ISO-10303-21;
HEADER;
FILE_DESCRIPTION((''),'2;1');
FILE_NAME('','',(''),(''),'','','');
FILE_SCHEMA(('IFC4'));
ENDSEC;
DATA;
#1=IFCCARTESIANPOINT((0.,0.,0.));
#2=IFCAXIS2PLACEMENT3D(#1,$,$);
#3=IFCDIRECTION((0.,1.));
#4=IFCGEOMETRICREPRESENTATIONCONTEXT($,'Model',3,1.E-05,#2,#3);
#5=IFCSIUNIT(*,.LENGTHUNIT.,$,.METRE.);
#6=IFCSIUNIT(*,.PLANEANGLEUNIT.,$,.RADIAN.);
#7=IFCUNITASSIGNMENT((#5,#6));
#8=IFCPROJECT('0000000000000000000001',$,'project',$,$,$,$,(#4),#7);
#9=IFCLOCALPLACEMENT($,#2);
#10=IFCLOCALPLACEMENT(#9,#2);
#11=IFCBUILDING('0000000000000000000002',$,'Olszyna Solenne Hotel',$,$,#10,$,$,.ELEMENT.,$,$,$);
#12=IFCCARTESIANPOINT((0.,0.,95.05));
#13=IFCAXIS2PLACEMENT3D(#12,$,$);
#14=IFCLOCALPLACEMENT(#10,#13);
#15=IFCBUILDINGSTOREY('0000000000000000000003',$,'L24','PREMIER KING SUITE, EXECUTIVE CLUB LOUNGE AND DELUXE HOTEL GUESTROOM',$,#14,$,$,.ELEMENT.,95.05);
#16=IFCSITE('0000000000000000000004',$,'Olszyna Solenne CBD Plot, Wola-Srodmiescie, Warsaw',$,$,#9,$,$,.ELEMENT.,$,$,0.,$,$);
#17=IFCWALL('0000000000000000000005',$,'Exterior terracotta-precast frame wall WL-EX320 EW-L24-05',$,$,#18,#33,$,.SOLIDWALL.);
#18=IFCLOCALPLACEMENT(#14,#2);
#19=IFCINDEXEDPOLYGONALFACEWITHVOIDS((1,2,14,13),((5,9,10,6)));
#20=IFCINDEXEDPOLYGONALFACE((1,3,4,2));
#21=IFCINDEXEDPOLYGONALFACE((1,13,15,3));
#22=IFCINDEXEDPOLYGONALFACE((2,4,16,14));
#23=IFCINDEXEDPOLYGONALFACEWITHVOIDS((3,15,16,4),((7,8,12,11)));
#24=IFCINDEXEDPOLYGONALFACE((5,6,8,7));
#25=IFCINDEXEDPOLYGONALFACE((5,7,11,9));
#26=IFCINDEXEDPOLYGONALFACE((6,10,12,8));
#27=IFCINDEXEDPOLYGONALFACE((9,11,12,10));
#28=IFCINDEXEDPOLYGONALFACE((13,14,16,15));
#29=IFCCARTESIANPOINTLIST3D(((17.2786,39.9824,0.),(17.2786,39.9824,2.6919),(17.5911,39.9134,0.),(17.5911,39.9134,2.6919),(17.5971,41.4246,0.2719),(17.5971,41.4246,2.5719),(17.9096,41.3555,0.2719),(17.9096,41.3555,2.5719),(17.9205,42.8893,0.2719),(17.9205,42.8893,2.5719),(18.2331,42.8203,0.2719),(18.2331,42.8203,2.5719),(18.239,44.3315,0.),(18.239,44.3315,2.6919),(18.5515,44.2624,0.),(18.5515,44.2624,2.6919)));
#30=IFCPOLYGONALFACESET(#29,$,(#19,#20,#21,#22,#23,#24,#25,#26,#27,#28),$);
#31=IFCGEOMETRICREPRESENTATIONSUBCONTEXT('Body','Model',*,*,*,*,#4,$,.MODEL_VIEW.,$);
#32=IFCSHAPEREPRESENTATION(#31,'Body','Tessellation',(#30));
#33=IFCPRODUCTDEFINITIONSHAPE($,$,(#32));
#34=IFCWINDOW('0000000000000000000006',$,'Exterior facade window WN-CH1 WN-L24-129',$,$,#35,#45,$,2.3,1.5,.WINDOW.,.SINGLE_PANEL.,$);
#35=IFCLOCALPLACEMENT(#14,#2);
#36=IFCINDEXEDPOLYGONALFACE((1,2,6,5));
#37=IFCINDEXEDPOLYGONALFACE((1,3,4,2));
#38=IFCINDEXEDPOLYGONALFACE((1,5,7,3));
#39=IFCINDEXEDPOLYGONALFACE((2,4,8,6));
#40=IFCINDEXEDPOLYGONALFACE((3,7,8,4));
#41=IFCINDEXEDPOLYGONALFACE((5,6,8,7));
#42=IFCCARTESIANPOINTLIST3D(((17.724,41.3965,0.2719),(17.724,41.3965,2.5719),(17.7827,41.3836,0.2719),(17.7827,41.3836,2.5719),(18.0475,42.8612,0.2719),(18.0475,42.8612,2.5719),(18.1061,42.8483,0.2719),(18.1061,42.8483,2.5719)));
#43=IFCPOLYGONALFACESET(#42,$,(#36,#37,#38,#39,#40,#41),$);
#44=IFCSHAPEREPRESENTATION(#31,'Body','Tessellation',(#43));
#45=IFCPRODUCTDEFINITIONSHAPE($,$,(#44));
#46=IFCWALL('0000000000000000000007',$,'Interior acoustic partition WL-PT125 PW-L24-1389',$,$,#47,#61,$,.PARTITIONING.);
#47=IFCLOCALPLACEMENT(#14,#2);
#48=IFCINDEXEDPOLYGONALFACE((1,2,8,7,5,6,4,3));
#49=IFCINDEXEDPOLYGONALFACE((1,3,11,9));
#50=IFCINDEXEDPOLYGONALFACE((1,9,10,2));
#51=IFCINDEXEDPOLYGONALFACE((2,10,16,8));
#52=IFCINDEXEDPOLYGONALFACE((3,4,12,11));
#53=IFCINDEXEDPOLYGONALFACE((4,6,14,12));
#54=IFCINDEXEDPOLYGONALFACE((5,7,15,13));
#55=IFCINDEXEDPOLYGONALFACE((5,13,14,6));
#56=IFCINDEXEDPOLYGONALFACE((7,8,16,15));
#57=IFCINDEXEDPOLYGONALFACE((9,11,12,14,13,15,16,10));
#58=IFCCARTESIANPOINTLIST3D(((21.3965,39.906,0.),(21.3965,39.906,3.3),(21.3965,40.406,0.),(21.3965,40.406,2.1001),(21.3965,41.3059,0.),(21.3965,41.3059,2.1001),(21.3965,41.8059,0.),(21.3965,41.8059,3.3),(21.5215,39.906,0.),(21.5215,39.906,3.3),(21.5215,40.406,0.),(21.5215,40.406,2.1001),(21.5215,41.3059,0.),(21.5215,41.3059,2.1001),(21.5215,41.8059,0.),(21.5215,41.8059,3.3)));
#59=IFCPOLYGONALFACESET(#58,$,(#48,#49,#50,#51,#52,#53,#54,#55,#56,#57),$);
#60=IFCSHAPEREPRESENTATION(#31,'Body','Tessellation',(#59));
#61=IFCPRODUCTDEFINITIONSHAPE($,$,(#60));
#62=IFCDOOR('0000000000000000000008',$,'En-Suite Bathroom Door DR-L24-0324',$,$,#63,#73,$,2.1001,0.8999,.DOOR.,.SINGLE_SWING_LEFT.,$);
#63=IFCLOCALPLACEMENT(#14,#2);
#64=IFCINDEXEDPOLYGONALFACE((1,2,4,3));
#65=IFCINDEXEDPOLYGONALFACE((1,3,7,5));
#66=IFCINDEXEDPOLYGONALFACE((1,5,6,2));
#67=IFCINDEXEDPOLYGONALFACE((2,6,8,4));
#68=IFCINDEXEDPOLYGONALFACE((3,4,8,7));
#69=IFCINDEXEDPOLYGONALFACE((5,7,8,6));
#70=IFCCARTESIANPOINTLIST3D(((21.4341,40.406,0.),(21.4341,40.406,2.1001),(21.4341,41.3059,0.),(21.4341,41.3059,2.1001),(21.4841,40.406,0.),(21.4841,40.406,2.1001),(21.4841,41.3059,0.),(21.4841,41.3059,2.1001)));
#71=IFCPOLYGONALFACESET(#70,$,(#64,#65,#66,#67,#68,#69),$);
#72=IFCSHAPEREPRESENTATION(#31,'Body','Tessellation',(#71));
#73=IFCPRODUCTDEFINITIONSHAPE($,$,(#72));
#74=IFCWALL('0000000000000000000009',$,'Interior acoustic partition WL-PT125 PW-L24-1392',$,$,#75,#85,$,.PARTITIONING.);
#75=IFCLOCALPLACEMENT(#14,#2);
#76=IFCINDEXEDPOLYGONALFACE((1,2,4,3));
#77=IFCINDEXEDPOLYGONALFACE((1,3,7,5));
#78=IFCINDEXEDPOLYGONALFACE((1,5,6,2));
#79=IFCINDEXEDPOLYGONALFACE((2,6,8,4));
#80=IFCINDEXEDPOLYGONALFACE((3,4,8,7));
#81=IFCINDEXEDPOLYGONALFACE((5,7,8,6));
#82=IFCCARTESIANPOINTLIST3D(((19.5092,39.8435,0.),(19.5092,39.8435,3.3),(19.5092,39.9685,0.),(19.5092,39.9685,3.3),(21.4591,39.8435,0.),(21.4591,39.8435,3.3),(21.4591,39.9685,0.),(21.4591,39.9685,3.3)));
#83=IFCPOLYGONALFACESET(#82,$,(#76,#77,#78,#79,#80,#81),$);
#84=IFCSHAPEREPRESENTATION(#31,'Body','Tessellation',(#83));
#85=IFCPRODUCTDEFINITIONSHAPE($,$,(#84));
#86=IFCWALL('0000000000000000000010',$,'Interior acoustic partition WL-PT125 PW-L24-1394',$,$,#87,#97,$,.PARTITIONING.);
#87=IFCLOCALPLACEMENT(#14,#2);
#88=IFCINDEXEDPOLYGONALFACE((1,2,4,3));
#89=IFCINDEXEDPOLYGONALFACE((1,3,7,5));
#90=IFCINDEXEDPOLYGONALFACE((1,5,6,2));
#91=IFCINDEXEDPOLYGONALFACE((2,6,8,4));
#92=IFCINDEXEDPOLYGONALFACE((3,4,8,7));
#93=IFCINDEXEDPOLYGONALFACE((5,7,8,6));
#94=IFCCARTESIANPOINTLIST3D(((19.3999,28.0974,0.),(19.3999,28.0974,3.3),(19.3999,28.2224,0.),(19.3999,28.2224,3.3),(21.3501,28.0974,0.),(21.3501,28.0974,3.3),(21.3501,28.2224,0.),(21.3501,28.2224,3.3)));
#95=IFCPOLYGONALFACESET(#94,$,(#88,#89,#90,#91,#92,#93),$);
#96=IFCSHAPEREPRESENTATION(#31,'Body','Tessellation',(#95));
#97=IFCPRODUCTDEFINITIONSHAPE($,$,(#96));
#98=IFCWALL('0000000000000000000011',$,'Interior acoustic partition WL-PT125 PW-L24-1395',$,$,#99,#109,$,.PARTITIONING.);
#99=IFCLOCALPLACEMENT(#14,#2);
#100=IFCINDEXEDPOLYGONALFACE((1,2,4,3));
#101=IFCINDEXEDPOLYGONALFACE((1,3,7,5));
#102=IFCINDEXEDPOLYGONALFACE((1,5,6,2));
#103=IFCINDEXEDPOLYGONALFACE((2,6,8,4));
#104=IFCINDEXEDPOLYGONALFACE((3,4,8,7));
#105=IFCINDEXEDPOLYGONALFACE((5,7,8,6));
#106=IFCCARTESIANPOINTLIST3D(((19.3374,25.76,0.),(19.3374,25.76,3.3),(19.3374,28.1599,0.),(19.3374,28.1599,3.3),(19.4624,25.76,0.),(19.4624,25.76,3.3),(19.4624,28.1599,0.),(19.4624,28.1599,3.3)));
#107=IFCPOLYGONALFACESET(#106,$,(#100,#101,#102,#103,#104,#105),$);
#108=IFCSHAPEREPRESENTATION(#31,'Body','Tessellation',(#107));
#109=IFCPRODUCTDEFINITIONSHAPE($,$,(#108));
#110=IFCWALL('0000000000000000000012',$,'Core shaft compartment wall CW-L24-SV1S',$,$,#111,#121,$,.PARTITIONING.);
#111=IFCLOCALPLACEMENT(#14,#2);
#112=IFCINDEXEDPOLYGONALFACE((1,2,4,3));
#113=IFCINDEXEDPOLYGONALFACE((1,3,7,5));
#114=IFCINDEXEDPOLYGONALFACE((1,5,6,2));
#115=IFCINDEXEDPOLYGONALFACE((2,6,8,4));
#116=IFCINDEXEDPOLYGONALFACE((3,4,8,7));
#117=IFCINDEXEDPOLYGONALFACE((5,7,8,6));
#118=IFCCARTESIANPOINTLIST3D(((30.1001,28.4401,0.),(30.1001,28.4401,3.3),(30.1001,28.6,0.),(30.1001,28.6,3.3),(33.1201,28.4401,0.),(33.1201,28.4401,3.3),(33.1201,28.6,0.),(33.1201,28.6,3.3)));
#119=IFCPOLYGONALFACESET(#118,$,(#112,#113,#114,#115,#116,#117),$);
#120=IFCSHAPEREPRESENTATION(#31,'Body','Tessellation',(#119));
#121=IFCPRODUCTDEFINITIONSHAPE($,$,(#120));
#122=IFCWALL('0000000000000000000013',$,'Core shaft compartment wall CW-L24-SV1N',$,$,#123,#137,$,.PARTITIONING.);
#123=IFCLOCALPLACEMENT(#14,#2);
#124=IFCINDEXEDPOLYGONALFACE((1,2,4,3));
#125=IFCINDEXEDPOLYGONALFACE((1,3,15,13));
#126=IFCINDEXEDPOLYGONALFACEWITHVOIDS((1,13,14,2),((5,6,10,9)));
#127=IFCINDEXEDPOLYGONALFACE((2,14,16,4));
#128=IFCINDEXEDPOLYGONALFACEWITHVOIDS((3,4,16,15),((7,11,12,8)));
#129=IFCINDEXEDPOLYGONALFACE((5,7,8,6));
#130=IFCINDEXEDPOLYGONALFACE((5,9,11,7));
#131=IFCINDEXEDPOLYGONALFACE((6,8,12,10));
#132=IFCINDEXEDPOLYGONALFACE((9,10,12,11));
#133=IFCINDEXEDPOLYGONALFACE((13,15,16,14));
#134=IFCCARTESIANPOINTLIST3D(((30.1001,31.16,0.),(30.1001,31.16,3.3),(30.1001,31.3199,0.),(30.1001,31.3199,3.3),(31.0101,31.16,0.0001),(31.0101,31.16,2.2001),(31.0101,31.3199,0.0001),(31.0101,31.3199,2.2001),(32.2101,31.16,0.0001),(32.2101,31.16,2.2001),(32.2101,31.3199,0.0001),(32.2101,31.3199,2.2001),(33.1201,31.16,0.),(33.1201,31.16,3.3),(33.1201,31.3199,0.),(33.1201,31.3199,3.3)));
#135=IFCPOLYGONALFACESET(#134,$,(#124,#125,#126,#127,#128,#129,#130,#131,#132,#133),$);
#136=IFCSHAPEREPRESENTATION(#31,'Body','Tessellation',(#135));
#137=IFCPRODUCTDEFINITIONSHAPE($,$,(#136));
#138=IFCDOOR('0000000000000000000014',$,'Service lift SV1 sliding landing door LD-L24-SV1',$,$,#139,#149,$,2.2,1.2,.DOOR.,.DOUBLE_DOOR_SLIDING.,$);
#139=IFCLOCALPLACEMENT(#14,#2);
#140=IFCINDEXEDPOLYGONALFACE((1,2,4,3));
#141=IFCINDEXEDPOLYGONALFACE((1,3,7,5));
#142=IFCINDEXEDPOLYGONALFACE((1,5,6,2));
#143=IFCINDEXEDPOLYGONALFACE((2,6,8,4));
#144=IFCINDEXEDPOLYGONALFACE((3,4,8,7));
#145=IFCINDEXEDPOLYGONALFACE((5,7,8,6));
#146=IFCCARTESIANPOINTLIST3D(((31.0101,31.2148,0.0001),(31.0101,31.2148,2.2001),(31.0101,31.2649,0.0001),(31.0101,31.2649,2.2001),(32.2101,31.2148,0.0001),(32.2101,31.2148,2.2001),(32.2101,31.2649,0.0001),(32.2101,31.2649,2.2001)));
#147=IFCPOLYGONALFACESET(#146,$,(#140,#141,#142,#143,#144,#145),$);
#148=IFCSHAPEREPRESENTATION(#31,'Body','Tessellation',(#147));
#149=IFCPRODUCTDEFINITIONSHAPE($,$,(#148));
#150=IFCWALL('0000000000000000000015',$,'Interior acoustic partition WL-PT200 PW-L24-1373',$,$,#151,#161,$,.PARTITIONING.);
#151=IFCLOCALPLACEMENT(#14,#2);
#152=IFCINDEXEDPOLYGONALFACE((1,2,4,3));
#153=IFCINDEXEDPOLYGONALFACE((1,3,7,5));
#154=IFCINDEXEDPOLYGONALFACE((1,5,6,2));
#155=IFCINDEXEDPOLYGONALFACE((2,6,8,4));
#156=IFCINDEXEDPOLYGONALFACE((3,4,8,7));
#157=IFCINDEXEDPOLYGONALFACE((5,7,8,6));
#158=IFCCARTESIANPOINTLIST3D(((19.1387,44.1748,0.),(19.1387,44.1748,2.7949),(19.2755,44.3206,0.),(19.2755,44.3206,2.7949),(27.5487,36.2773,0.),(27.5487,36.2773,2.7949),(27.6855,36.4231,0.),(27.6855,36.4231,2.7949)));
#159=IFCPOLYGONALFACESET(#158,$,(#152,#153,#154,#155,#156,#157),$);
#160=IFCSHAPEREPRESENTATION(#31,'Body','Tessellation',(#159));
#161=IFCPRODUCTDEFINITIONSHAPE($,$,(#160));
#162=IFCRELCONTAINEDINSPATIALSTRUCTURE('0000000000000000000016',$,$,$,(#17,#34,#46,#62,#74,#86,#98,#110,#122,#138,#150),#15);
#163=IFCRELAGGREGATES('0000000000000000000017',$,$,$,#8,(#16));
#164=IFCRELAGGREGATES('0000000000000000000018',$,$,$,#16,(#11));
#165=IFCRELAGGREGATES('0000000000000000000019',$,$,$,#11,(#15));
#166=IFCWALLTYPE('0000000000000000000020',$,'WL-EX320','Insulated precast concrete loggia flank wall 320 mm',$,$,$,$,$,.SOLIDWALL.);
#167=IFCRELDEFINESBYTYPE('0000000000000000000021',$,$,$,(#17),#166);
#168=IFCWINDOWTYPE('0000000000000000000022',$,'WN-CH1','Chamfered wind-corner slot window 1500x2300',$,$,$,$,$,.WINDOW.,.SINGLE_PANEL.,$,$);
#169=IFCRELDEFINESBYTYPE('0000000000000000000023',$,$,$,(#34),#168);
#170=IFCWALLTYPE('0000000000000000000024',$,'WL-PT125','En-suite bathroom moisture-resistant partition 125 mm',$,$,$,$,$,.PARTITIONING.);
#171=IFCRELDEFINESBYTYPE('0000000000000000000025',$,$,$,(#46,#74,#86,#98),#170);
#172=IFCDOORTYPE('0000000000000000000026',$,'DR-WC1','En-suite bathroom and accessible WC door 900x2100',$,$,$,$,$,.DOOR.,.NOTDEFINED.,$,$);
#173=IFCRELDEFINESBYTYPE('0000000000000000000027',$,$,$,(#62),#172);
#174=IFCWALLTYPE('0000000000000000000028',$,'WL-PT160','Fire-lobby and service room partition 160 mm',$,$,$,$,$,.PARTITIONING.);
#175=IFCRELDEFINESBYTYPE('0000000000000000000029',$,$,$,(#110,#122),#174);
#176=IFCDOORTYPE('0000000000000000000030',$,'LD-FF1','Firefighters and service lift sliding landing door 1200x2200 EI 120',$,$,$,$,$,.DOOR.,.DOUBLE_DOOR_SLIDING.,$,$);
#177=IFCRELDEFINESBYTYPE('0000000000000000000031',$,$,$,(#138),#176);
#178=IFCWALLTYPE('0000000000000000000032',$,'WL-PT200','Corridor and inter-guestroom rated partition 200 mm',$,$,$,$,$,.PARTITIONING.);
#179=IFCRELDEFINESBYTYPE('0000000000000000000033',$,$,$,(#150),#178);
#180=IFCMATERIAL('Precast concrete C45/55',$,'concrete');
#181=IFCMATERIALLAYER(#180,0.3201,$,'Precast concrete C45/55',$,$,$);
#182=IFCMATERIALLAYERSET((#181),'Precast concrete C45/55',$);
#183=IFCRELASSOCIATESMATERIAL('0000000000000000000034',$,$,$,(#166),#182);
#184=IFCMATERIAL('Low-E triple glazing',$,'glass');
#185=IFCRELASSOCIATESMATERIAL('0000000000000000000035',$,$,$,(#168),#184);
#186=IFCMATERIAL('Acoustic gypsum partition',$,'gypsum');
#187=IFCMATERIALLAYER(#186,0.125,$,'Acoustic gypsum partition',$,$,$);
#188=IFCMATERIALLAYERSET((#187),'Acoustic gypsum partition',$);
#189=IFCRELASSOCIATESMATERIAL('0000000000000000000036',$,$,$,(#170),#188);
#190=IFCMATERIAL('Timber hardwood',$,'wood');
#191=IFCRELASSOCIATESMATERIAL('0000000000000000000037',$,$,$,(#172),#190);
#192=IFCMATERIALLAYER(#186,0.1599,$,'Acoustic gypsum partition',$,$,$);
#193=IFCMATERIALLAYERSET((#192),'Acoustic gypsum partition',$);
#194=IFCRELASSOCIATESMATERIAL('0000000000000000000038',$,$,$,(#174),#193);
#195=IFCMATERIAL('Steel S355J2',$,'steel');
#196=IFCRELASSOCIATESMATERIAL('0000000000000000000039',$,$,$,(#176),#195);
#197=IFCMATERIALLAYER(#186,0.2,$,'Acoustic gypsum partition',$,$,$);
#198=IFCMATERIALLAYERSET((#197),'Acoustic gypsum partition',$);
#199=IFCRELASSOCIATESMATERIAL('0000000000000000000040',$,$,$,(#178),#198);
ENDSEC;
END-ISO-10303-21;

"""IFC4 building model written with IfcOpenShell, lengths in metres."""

from ifc_helpers import new_model, si_unit, direction, frame, frame_2d, origin, place, context, subcontext, project, spatial, rectangle, extrude, source, transform, mapped, material, layer, layer_set, type_object, type_shapes, element, fill, save


model = new_model("IFC4")

# Units and contexts
model_context = context("Model", 3, precision=1e-05, world=origin(), true_north=direction((0.0, 1.0)))
body_context = subcontext(model_context, "Body", "Model", "MODEL_VIEW")
ifc_project = project(units=[si_unit("LENGTHUNIT", "METRE"), si_unit("PLANEANGLEUNIT", "RADIAN")], contexts=[model_context])

# Site, building, storey
site_placement = place(None, origin())
site = spatial("IfcSite", under=ifc_project, at=site_placement, Name="Olszyna Solenne CBD Plot, Wola-Srodmiescie, Warsaw", CompositionType="ELEMENT", RefElevation=0.0)
building_placement = place(site_placement, origin())
building = spatial("IfcBuilding", under=site, at=building_placement, Name="Olszyna Solenne Hotel", CompositionType="ELEMENT")
storey_placement = place(building_placement, frame((0.0, 0.0, 95.05)))
storey = spatial("IfcBuildingStorey", under=building, at=storey_placement, Name="L24", Description="PREMIER KING SUITE, EXECUTIVE CLUB LOUNGE AND DELUXE HOTEL GUESTROOM", CompositionType="ELEMENT", Elevation=95.05)

# Shared definitions
ifc_material_1 = material(Name="Steel S355J2", Category="steel")

# Wall, opening, window
ifc_material_2 = material(Name="Precast concrete C45/55", Category="concrete")
ifc_layer_1 = layer(ifc_material_2, 0.3201, Name="Precast concrete C45/55")
ifc_layer_set_1 = layer_set([ifc_layer_1], Name="Precast concrete C45/55")
wall_type_1 = type_object("IfcWallType", Name="WL-EX320", Description="Insulated precast concrete loggia flank wall 320 mm", PredefinedType="SOLIDWALL", material=ifc_layer_set_1)
wall_1_placement = place(storey_placement, frame((17.4348, 39.9478, 0.0), z_axis=(0.0, 0.0, 1.0), x_axis=(0.215642, 0.976473, 0.0)))
wall_1 = element("IfcWall", 1, at=wall_1_placement, inside=storey, type_object=wall_type_1, Name="Exterior terracotta-precast frame wall WL-EX320 EW-L24-05", PredefinedType="SOLIDWALL", context=body_context, shape_type="SweptSolid", body=[
    extrude(rectangle(XDim=4.4539, YDim=0.3201, at=frame_2d((2.2271, 0.0))), origin(), (0.0, 0.0, 1.0), 2.6919),
])
opening_1_placement = place(wall_1_placement, frame((1.4771, 0.0, 0.272)))
opening_1 = element("IfcOpeningElement", 2, at=opening_1_placement, cuts=wall_1, PredefinedType="OPENING", context=body_context, shape_type="SweptSolid", body=[
    extrude(rectangle(XDim=1.5, YDim=2.3, at=frame_2d((0.75, 1.1499))), frame((0.0, 0.1699, 0.0), z_axis=(0.0, -1.0, 0.0), x_axis=(1.0, 0.0, 0.0)), (0.0, 0.0, 1.0), 0.3401),
])
ifc_material_3 = material(Name="Low-E triple glazing", Category="glass")
window_type = type_object("IfcWindowType", Name="WN-CH1", Description="Chamfered wind-corner slot window 1500x2300", PartitioningType="SINGLE_PANEL", PredefinedType="WINDOW", material=ifc_material_3)
shared_shape_1 = source(origin(), body_context, "Body", "SweptSolid", [
    extrude(rectangle(XDim=1.5, YDim=2.3, at=frame_2d((0.75, 1.1499))), frame((0.0, 0.03, 0.0), z_axis=(0.0, -1.0, 0.0), x_axis=(1.0, 0.0, 0.0)), (0.0, 0.0, 1.0), 0.0601),
])
type_shapes(window_type, [shared_shape_1])
window_placement = place(opening_1_placement, origin())
window = element("IfcWindow", 3, at=window_placement, inside=storey, type_object=window_type, Name="Exterior facade window WN-CH1 WN-L24-129", OverallHeight=2.3, OverallWidth=1.5, PartitioningType="SINGLE_PANEL", PredefinedType="WINDOW", context=body_context, shape_type="MappedRepresentation", body=[
    mapped(shared_shape_1, transform((0.0, 0.0, 0.0), x_axis=(1.0, 0.0, 0.0), y_axis=(0.0, 1.0, 0.0), z_axis=(0.0, 0.0, 1.0), scale=1.0)),
])
fill(opening_1, window)

# Wall, opening, door
ifc_material_4 = material(Name="Acoustic gypsum partition", Category="gypsum")
ifc_layer_2 = layer(ifc_material_4, 0.125, Name="Acoustic gypsum partition")
ifc_layer_set_2 = layer_set([ifc_layer_2], Name="Acoustic gypsum partition")
wall_type_2 = type_object("IfcWallType", Name="WL-PT125", Description="En-suite bathroom moisture-resistant partition 125 mm", PredefinedType="PARTITIONING", material=ifc_layer_set_2)
wall_2_placement = place(storey_placement, frame((21.459, 39.906, 0.0), z_axis=(0.0, 0.0, 1.0), x_axis=(0.0, 1.0, 0.0)))
wall_2 = element("IfcWall", 4, at=wall_2_placement, inside=storey, type_object=wall_type_2, Name="Interior acoustic partition WL-PT125 PW-L24-1389", PredefinedType="PARTITIONING", context=body_context, shape_type="SweptSolid", body=[
    extrude(rectangle(XDim=1.8999, YDim=0.125, at=frame_2d((0.95, 0.0))), origin(), (0.0, 0.0, 1.0), 3.3),
])
opening_2_placement = place(wall_2_placement, frame((0.5, 0.0, 0.0)))
opening_2 = element("IfcOpeningElement", 5, at=opening_2_placement, cuts=wall_2, PredefinedType="OPENING", context=body_context, shape_type="SweptSolid", body=[
    extrude(rectangle(XDim=0.8999, YDim=2.1001, at=frame_2d((0.45, 1.05))), frame((0.0, 0.0725, 0.0), z_axis=(0.0, -1.0, 0.0), x_axis=(1.0, 0.0, 0.0)), (0.0, 0.0, 1.0), 0.145),
])
ifc_material_5 = material(Name="Timber hardwood", Category="wood")
door_type_1 = type_object("IfcDoorType", Name="DR-WC1", Description="En-suite bathroom and accessible WC door 900x2100", OperationType="NOTDEFINED", PredefinedType="DOOR", material=ifc_material_5)
shared_shape_2 = source(origin(), body_context, "Body", "SweptSolid", [
    extrude(rectangle(XDim=0.8999, YDim=2.1001, at=frame_2d((0.45, 1.05))), frame((0.0, 0.0249, 0.0), z_axis=(0.0, -1.0, 0.0), x_axis=(1.0, 0.0, 0.0)), (0.0, 0.0, 1.0), 0.05),
])
type_shapes(door_type_1, [shared_shape_2])
door_1_placement = place(opening_2_placement, origin())
door_1 = element("IfcDoor", 6, at=door_1_placement, inside=storey, type_object=door_type_1, Name="En-Suite Bathroom Door DR-L24-0324", OperationType="SINGLE_SWING_LEFT", OverallHeight=2.1001, OverallWidth=0.8999, PredefinedType="DOOR", context=body_context, shape_type="MappedRepresentation", body=[
    mapped(shared_shape_2, transform((0.0, 0.0, 0.0), x_axis=(1.0, 0.0, 0.0), y_axis=(0.0, 1.0, 0.0), z_axis=(0.0, 0.0, 1.0), scale=1.0)),
])
fill(opening_2, door_1)

# Walls
wall_3_placement = place(storey_placement, frame((19.509, 39.906, 0.0), z_axis=(0.0, 0.0, 1.0), x_axis=(1.0, 0.0, 0.0)))
element("IfcWall", 7, at=wall_3_placement, inside=storey, type_object=wall_type_2, Name="Interior acoustic partition WL-PT125 PW-L24-1392", PredefinedType="PARTITIONING", context=body_context, shape_type="SweptSolid", body=[
    extrude(rectangle(XDim=1.95, YDim=0.125, at=frame_2d((0.9751, 0.0))), origin(), (0.0, 0.0, 1.0), 3.3),
])
wall_4_placement = place(storey_placement, frame((21.3501, 28.1599, 0.0), z_axis=(0.0, 0.0, 1.0), x_axis=(-1.0, 0.0, 0.0)))
element("IfcWall", 8, at=wall_4_placement, inside=storey, type_object=wall_type_2, Name="Interior acoustic partition WL-PT125 PW-L24-1394", PredefinedType="PARTITIONING", context=body_context, shape_type="SweptSolid", body=[
    extrude(rectangle(XDim=1.9502, YDim=0.125, at=frame_2d((0.9751, 0.0))), origin(), (0.0, 0.0, 1.0), 3.3),
])
wall_5_placement = place(storey_placement, frame((19.3999, 28.1599, 0.0), z_axis=(0.0, 0.0, 1.0), x_axis=(0.0, -1.0, 0.0)))
element("IfcWall", 9, at=wall_5_placement, inside=storey, type_object=wall_type_2, Name="Interior acoustic partition WL-PT125 PW-L24-1395", PredefinedType="PARTITIONING", context=body_context, shape_type="SweptSolid", body=[
    extrude(rectangle(XDim=2.3999, YDim=0.125, at=frame_2d((1.2, 0.0))), origin(), (0.0, 0.0, 1.0), 3.3),
])
ifc_layer_3 = layer(ifc_material_4, 0.1599, Name="Acoustic gypsum partition")
ifc_layer_set_3 = layer_set([ifc_layer_3], Name="Acoustic gypsum partition")
wall_type_3 = type_object("IfcWallType", Name="WL-PT160", Description="Fire-lobby and service room partition 160 mm", PredefinedType="PARTITIONING", material=ifc_layer_set_3)
wall_6_placement = place(storey_placement, frame((30.1001, 28.52, 0.0), z_axis=(0.0, 0.0, 1.0), x_axis=(1.0, 0.0, 0.0)))
element("IfcWall", 10, at=wall_6_placement, inside=storey, type_object=wall_type_3, Name="Core shaft compartment wall CW-L24-SV1S", PredefinedType="PARTITIONING", context=body_context, shape_type="SweptSolid", body=[
    extrude(rectangle(XDim=3.02, YDim=0.1599, at=frame_2d((1.51, 0.0))), origin(), (0.0, 0.0, 1.0), 3.3),
])

# Wall, opening, door
wall_7_placement = place(storey_placement, frame((30.1001, 31.24, 0.0), z_axis=(0.0, 0.0, 1.0), x_axis=(1.0, 0.0, 0.0)))
wall_7 = element("IfcWall", 11, at=wall_7_placement, inside=storey, type_object=wall_type_3, Name="Core shaft compartment wall CW-L24-SV1N", PredefinedType="PARTITIONING", context=body_context, shape_type="SweptSolid", body=[
    extrude(rectangle(XDim=3.02, YDim=0.1599, at=frame_2d((1.51, 0.0))), origin(), (0.0, 0.0, 1.0), 3.3),
])
opening_3_placement = place(wall_7_placement, frame((0.9099, 0.0, 0.0)))
opening_3 = element("IfcOpeningElement", 12, at=opening_3_placement, cuts=wall_7, PredefinedType="OPENING", context=body_context, shape_type="SweptSolid", body=[
    extrude(rectangle(XDim=1.2, YDim=2.2, at=frame_2d((0.6001, 1.1001))), frame((0.0, 0.0898, 0.0), z_axis=(0.0, -1.0, 0.0), x_axis=(1.0, 0.0, 0.0)), (0.0, 0.0, 1.0), 0.1799),
])
door_type_2 = type_object("IfcDoorType", Name="LD-FF1", Description="Firefighters and service lift sliding landing door 1200x2200 EI 120", OperationType="DOUBLE_DOOR_SLIDING", PredefinedType="DOOR", material=ifc_material_1)
shared_shape_3 = source(origin(), body_context, "Body", "SweptSolid", [
    extrude(rectangle(XDim=1.2, YDim=2.2, at=frame_2d((0.6001, 1.1001))), frame((0.0, 0.0249, 0.0), z_axis=(0.0, -1.0, 0.0), x_axis=(1.0, 0.0, 0.0)), (0.0, 0.0, 1.0), 0.05),
])
type_shapes(door_type_2, [shared_shape_3])
door_2_placement = place(opening_3_placement, origin())
door_2 = element("IfcDoor", 13, at=door_2_placement, inside=storey, type_object=door_type_2, Name="Service lift SV1 sliding landing door LD-L24-SV1", OperationType="DOUBLE_DOOR_SLIDING", OverallHeight=2.2, OverallWidth=1.2, PredefinedType="DOOR", context=body_context, shape_type="MappedRepresentation", body=[
    mapped(shared_shape_3, transform((0.0, 0.0, 0.0), x_axis=(1.0, 0.0, 0.0), y_axis=(0.0, 1.0, 0.0), z_axis=(0.0, 0.0, 1.0), scale=1.0)),
])
fill(opening_3, door_2)

# Wall
ifc_layer_4 = layer(ifc_material_4, 0.2, Name="Acoustic gypsum partition")
ifc_layer_set_4 = layer_set([ifc_layer_4], Name="Acoustic gypsum partition")
wall_type_4 = type_object("IfcWallType", Name="WL-PT200", Description="Corridor and inter-guestroom rated partition 200 mm", PredefinedType="PARTITIONING", material=ifc_layer_set_4)
wall_8_placement = place(storey_placement, frame((27.6172, 36.3501, 0.0), z_axis=(0.0, 0.0, 1.0), x_axis=(-0.728967, 0.684548, 0.0)))
element("IfcWall", 14, at=wall_8_placement, inside=storey, type_object=wall_type_4, Name="Interior acoustic partition WL-PT200 PW-L24-1373", PredefinedType="PARTITIONING", context=body_context, shape_type="SweptSolid", body=[
    extrude(rectangle(XDim=11.5369, YDim=0.2, at=frame_2d((5.7686, 0.0))), origin(), (0.0, 0.0, 1.0), 2.7949),
])

save(model, "model.ifc")
